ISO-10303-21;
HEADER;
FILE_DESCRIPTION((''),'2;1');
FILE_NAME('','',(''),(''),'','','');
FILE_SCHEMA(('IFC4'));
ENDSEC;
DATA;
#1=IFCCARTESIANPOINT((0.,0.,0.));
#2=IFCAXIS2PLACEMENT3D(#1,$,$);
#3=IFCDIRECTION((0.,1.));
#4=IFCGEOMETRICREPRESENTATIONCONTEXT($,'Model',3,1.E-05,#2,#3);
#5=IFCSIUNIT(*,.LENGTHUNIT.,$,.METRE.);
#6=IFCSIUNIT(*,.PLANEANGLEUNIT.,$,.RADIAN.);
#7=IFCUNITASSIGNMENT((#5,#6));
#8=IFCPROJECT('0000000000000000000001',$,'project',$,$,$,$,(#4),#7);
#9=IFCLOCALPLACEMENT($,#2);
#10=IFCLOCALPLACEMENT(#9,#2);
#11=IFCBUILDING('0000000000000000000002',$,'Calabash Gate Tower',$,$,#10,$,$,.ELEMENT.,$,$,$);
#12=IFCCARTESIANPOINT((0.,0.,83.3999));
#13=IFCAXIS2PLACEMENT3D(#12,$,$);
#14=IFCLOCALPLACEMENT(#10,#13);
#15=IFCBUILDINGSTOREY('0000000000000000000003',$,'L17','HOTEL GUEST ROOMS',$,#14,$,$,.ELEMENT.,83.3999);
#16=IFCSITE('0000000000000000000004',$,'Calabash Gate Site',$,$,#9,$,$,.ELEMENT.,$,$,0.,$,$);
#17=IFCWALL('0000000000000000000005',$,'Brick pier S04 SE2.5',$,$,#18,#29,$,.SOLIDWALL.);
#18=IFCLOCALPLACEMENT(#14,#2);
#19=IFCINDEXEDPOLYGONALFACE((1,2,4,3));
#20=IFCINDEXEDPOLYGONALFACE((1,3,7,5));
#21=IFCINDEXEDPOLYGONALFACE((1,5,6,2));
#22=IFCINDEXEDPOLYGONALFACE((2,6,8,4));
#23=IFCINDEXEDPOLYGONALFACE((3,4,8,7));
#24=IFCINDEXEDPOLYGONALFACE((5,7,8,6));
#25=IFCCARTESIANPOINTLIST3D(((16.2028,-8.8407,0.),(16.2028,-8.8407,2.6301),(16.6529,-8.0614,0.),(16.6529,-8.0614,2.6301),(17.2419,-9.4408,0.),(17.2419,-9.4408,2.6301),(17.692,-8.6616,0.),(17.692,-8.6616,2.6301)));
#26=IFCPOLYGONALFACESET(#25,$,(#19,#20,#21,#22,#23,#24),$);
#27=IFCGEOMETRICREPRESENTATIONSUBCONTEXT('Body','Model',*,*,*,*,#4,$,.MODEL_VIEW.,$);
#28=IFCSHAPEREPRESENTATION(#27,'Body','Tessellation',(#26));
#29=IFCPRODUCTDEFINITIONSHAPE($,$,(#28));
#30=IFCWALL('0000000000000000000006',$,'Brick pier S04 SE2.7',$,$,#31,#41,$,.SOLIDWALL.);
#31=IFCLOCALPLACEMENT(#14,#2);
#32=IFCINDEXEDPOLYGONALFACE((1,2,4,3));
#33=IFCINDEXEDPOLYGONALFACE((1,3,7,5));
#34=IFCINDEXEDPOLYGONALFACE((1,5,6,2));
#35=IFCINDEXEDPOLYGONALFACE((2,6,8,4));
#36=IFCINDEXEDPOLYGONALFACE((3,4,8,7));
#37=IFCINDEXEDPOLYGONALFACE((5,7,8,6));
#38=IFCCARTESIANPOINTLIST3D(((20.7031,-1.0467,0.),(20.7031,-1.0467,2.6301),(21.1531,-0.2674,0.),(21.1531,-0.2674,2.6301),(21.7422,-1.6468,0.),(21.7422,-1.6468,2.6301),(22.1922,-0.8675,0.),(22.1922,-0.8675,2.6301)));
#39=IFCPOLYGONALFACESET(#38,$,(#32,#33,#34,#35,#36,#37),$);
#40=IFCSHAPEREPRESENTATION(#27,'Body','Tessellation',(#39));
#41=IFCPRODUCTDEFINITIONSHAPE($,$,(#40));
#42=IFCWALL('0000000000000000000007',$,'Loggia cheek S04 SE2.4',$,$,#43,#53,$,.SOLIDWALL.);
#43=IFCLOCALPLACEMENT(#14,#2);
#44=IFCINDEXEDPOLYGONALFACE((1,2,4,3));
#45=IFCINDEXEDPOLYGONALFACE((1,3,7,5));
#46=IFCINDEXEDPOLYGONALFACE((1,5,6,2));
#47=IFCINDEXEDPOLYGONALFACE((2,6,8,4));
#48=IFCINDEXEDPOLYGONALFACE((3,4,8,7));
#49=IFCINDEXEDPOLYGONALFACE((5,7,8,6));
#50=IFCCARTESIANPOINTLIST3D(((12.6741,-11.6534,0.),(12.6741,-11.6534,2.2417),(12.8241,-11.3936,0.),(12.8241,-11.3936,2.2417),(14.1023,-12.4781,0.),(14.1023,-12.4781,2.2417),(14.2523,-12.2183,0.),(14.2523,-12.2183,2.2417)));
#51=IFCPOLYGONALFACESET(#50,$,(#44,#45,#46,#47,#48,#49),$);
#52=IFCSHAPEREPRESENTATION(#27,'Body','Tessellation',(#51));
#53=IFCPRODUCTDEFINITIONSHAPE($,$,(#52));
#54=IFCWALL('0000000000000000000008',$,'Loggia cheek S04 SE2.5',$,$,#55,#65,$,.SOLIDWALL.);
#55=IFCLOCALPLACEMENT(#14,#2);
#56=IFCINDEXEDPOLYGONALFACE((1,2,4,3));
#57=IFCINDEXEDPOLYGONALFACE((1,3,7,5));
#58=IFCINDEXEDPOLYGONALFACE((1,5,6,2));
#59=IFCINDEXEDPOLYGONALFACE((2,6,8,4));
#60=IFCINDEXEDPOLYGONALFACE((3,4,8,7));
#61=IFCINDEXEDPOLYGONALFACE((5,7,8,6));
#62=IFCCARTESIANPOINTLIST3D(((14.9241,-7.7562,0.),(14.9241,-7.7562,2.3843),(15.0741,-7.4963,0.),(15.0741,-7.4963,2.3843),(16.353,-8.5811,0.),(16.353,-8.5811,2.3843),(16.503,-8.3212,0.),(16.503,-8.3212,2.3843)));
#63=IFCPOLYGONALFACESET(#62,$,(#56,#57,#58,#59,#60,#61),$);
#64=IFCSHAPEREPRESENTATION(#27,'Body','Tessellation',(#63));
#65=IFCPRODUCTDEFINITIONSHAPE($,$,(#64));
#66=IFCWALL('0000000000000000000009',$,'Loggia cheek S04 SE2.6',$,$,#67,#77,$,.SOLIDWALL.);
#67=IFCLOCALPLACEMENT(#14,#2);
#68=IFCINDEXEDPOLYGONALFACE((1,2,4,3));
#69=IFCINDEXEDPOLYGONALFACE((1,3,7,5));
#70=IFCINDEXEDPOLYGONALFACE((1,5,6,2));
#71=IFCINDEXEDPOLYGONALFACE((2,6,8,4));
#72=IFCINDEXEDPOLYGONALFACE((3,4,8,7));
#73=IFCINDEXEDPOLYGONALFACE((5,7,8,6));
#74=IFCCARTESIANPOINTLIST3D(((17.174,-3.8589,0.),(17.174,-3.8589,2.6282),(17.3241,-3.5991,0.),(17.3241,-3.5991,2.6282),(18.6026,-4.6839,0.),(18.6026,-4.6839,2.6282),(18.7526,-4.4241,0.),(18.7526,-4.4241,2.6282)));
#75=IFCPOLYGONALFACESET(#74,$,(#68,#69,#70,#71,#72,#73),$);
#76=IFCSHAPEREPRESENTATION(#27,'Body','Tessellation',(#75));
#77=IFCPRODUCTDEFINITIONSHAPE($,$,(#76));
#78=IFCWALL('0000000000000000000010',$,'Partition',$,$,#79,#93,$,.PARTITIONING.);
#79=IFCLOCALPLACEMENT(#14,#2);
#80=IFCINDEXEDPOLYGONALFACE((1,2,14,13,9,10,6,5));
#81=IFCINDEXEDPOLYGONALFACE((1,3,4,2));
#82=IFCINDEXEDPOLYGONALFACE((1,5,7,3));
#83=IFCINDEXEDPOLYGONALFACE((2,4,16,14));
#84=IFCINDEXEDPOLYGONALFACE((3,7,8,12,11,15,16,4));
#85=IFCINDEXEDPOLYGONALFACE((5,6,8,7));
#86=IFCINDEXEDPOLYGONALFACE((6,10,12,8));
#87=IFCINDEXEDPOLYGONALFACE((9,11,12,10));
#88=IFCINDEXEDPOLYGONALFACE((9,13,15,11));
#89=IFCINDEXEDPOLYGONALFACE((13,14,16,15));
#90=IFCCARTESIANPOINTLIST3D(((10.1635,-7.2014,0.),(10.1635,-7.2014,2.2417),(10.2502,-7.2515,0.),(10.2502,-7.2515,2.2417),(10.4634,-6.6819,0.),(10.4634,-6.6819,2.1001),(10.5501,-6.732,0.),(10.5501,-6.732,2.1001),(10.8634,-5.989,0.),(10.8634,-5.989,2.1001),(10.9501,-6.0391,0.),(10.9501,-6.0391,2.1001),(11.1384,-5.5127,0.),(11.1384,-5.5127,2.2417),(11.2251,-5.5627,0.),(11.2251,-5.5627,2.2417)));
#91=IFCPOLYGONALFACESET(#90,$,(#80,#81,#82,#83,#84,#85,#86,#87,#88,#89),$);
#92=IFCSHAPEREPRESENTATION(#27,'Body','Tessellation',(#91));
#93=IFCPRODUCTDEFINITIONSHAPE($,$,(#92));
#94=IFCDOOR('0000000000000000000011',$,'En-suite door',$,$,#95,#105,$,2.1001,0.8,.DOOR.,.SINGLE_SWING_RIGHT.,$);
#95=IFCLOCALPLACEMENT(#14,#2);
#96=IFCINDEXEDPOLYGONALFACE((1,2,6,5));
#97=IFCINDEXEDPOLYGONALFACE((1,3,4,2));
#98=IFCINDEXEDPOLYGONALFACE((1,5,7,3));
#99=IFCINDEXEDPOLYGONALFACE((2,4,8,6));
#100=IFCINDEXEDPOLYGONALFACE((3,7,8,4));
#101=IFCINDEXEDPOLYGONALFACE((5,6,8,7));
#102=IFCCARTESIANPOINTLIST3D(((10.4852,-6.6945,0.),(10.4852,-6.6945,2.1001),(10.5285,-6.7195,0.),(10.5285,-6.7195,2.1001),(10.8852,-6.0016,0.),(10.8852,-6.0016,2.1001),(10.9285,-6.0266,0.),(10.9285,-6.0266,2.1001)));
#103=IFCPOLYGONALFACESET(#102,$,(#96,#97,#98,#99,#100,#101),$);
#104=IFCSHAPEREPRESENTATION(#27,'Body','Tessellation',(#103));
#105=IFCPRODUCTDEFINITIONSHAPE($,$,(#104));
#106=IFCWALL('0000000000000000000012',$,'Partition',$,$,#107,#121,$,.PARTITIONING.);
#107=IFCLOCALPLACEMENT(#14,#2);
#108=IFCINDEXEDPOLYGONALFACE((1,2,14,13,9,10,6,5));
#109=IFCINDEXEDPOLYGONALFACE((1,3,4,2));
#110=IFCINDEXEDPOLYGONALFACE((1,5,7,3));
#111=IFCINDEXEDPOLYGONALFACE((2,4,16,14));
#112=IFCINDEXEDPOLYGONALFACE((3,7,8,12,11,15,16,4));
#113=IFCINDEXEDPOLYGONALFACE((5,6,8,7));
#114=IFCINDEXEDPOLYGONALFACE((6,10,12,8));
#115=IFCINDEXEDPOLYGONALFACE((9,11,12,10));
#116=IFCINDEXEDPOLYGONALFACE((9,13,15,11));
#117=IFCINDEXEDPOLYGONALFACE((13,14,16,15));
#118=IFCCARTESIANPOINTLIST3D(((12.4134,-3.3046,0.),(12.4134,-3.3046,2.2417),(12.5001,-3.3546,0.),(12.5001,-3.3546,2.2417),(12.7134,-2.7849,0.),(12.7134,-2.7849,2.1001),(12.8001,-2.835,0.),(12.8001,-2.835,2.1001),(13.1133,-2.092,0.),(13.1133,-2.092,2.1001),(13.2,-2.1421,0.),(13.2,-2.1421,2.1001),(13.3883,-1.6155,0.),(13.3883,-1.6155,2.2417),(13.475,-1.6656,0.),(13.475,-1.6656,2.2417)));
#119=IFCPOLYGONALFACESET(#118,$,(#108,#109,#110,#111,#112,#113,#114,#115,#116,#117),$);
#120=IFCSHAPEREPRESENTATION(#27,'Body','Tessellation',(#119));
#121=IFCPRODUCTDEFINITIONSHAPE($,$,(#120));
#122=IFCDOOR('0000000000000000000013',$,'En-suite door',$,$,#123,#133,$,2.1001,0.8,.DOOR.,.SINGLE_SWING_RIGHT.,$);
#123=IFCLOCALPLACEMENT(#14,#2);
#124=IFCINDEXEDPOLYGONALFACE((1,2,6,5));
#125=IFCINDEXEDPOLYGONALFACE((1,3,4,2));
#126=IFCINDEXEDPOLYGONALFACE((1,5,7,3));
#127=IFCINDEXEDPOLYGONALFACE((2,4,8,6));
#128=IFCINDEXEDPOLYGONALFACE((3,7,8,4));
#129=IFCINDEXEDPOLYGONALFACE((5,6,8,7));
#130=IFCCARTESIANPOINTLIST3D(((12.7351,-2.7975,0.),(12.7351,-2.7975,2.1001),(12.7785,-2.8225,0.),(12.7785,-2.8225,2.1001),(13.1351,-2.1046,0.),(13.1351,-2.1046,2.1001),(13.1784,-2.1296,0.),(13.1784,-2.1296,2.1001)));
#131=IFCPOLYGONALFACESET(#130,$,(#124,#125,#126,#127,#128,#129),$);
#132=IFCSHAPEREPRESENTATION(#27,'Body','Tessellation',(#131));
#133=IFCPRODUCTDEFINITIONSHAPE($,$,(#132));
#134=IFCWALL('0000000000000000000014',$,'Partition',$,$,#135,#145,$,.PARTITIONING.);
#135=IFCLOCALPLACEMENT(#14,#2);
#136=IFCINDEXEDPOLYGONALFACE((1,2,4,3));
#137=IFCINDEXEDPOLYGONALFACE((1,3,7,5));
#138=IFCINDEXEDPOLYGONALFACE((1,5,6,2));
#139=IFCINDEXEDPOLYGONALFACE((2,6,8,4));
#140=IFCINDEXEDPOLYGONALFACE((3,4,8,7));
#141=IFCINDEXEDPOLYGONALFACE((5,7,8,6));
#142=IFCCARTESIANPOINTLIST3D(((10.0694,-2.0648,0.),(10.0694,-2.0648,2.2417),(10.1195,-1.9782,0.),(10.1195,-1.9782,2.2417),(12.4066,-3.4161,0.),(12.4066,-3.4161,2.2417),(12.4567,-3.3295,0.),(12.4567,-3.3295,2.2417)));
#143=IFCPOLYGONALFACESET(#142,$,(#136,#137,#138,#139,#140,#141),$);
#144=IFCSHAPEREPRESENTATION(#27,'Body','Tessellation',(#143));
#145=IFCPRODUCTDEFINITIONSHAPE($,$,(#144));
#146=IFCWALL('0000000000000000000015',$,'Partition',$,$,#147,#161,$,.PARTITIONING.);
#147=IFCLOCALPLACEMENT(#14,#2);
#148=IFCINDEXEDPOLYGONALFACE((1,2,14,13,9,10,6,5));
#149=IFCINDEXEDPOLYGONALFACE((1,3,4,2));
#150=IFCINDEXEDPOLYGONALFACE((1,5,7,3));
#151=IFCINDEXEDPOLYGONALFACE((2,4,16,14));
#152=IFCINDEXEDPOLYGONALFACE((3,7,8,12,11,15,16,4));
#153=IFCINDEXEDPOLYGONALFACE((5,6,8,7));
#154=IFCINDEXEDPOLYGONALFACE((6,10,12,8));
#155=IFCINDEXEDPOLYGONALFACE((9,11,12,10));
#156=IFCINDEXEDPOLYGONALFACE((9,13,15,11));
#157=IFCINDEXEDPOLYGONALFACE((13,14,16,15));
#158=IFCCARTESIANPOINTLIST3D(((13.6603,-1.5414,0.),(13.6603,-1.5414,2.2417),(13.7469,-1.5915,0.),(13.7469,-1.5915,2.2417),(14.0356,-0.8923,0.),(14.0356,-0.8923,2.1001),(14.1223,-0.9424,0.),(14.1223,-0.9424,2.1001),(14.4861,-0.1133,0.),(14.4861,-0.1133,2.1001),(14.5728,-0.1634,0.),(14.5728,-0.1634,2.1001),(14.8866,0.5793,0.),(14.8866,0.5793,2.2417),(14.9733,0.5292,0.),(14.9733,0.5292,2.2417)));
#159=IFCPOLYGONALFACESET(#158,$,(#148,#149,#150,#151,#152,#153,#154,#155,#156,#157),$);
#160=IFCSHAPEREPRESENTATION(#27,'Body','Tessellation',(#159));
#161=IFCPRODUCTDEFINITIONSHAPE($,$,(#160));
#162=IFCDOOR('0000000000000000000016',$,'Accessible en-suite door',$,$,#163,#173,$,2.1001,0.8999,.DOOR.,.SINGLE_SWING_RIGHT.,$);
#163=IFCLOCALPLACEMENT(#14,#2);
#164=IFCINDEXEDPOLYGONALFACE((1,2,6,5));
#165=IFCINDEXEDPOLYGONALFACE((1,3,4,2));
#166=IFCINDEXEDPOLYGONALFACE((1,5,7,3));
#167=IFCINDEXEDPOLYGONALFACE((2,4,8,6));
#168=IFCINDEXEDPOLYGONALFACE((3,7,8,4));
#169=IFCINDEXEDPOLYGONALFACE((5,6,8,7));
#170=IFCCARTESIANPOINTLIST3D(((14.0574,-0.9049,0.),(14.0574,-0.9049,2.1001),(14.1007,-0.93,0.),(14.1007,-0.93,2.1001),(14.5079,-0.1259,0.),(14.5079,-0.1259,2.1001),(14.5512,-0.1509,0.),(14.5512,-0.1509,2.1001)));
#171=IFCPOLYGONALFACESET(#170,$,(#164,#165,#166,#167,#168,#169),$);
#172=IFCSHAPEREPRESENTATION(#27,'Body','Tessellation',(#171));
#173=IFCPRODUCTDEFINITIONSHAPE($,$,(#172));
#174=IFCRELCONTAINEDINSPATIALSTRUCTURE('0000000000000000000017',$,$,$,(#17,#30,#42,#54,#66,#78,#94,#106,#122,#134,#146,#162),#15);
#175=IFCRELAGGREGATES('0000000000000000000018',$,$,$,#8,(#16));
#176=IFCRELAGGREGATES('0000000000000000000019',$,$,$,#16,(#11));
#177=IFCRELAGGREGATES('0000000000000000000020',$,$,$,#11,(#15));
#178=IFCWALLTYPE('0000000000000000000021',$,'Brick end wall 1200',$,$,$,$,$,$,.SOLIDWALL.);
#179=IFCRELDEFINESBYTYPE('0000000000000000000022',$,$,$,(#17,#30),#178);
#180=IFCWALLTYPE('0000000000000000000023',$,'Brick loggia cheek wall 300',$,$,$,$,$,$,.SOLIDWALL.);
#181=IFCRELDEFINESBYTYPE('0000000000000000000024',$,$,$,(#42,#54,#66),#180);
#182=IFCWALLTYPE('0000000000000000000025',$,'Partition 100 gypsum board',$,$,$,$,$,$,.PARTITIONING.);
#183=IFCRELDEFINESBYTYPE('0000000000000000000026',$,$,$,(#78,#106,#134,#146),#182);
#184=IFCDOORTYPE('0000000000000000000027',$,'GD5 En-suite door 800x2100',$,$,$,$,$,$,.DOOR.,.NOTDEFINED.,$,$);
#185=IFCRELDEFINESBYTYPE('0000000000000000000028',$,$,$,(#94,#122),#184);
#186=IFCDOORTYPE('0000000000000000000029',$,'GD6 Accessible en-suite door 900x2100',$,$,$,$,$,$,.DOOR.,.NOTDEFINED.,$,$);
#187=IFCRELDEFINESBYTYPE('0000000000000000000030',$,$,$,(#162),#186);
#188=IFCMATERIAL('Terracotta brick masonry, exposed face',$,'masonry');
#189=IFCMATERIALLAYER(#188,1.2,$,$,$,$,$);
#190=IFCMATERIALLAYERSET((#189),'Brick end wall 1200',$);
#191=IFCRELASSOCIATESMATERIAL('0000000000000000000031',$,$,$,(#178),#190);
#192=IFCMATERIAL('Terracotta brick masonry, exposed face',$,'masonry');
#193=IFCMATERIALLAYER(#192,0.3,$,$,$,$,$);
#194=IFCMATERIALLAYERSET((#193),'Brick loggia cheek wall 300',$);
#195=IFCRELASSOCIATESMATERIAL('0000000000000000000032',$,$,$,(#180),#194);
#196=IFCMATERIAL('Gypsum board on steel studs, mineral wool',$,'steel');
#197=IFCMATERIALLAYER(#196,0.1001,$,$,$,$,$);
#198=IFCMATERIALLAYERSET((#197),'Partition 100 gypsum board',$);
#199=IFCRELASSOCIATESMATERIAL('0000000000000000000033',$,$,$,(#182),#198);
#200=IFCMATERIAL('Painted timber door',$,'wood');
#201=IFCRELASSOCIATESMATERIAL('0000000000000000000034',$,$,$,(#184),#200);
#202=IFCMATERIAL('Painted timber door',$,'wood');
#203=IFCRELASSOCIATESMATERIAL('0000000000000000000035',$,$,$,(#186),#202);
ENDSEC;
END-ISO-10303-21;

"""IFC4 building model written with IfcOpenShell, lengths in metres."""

from ifc_helpers import new_model, si_unit, direction, frame, frame_2d, origin, place, context, subcontext, project, spatial, rectangle, extrude, material, layer, layer_set, type_object, element, fill, save


model = new_model("IFC4")

# Units and contexts
model_context = context("Model", 3, precision=1e-05, world=origin(), true_north=direction((0.0, 1.0)))
body_context = subcontext(model_context, "Body", "Model", "MODEL_VIEW")
ifc_project = project(units=[si_unit("LENGTHUNIT", "METRE"), si_unit("PLANEANGLEUNIT", "RADIAN")], contexts=[model_context])

# Site, building, storey
site_placement = place(None, origin())
site = spatial("IfcSite", under=ifc_project, at=site_placement, Name="Calabash Gate Site", CompositionType="ELEMENT", RefElevation=0.0)
building_placement = place(site_placement, origin())
building = spatial("IfcBuilding", under=site, at=building_placement, Name="Calabash Gate Tower", CompositionType="ELEMENT")
storey_placement = place(building_placement, frame((0.0, 0.0, 83.3999)))
storey = spatial("IfcBuildingStorey", under=building, at=storey_placement, Name="L17", Description="HOTEL GUEST ROOMS", CompositionType="ELEMENT", Elevation=83.3999)

# Walls
ifc_material_1 = material(Name="Terracotta brick masonry, exposed face", Category="masonry")
ifc_layer_1 = layer(ifc_material_1, 1.2)
ifc_layer_set_1 = layer_set([ifc_layer_1], Name="Brick end wall 1200")
wall_type_1 = type_object("IfcWallType", Name="Brick end wall 1200", PredefinedType="SOLIDWALL", material=ifc_layer_set_1)
for number, where, z_axis, x_axis, name in (
    (1, (17.467, -9.0513, 0.0), (0.0, 0.0, 1.0), (-0.865955, 0.500122, 0.0), "Brick pier S04 SE2.5"),
    (2, (20.928, -0.657, 0.0), (0.0, 0.0, 1.0), (0.865955, -0.500122, 0.0), "Brick pier S04 SE2.7"),
):
    element("IfcWall", number, at=place(storey_placement, frame(where, z_axis=z_axis, x_axis=x_axis)), inside=storey, type_object=wall_type_1, Name=name, PredefinedType="SOLIDWALL", context=body_context, shape_type="SweptSolid", body=[
        extrude(rectangle(XDim=1.2, YDim=0.8999, at=frame_2d((0.6001, 0.0))), origin(), (0.0, 0.0, 1.0), 2.6301),
    ])
ifc_material_2 = material(Name="Terracotta brick masonry, exposed face", Category="masonry")
ifc_layer_2 = layer(ifc_material_2, 0.3)
ifc_layer_set_2 = layer_set([ifc_layer_2], Name="Brick loggia cheek wall 300")
wall_type_2 = type_object("IfcWallType", Name="Brick loggia cheek wall 300", PredefinedType="SOLIDWALL", material=ifc_layer_set_2)
wall_1_placement = place(storey_placement, frame((12.749, -11.5234, 0.0), z_axis=(0.0, 0.0, 1.0), x_axis=(0.865993, -0.500056, 0.0)))
element("IfcWall", 3, at=wall_1_placement, inside=storey, type_object=wall_type_2, Name="Loggia cheek S04 SE2.4", PredefinedType="SOLIDWALL", context=body_context, shape_type="SweptSolid", body=[
    extrude(rectangle(XDim=1.6492, YDim=0.3, at=frame_2d((0.8247, 0.0))), origin(), (0.0, 0.0, 1.0), 2.2417),
])
wall_2_placement = place(storey_placement, frame((16.428, -8.4512, 0.0), z_axis=(0.0, 0.0, 1.0), x_axis=(-0.86604, 0.499974, 0.0)))
element("IfcWall", 4, at=wall_2_placement, inside=storey, type_object=wall_type_2, Name="Loggia cheek S04 SE2.5", PredefinedType="SOLIDWALL", context=body_context, shape_type="SweptSolid", body=[
    extrude(rectangle(XDim=1.6499, YDim=0.3, at=frame_2d((0.825, 0.0))), origin(), (0.0, 0.0, 1.0), 2.3843),
])
wall_3_placement = place(storey_placement, frame((18.6775, -4.554, 0.0), z_axis=(0.0, 0.0, 1.0), x_axis=(-0.865966, 0.500103, 0.0)))
element("IfcWall", 5, at=wall_3_placement, inside=storey, type_object=wall_type_2, Name="Loggia cheek S04 SE2.6", PredefinedType="SOLIDWALL", context=body_context, shape_type="SweptSolid", body=[
    extrude(rectangle(XDim=1.6497, YDim=0.3, at=frame_2d((0.8247, 0.0))), origin(), (0.0, 0.0, 1.0), 2.6282),
])

# Walls, openings, doors
ifc_material_3 = material(Name="Gypsum board on steel studs, mineral wool", Category="steel")
ifc_layer_3 = layer(ifc_material_3, 0.1001)
ifc_layer_set_3 = layer_set([ifc_layer_3], Name="Partition 100 gypsum board")
wall_type_3 = type_object("IfcWallType", Name="Partition 100 gypsum board", PredefinedType="PARTITIONING", material=ifc_layer_set_3)
wall_4_placement = place(storey_placement, frame((10.2068, -7.2266, 0.0), z_axis=(0.0, 0.0, 1.0), x_axis=(0.49995, 0.866054, 0.0)))
wall_4 = element("IfcWall", 6, at=wall_4_placement, inside=storey, type_object=wall_type_3, Name="Partition", PredefinedType="PARTITIONING", context=body_context, shape_type="SweptSolid", body=[
    extrude(rectangle(XDim=1.95, YDim=0.1001, at=frame_2d((0.9751, 0.0))), origin(), (0.0, 0.0, 1.0), 2.2417),
])
opening_1_placement = place(wall_4_placement, frame((0.6001, 0.0, 0.0)))
opening_1 = element("IfcOpeningElement", 7, at=opening_1_placement, cuts=wall_4, PredefinedType="OPENING", context=body_context, shape_type="SweptSolid", body=[
    extrude(rectangle(XDim=0.8, YDim=2.1001, at=frame_2d((0.3999, 1.05))), frame((0.0, 0.0601, 0.0), z_axis=(0.0, -1.0, 0.0), x_axis=(1.0, 0.0, 0.0)), (0.0, 0.0, 1.0), 0.1201),
])
ifc_material_4 = material(Name="Painted timber door", Category="wood")
door_type_1 = type_object("IfcDoorType", Name="GD5 En-suite door 800x2100", OperationType="NOTDEFINED", PredefinedType="DOOR", material=ifc_material_4)
door_1_placement = place(opening_1_placement, origin())
door_1 = element("IfcDoor", 8, at=door_1_placement, inside=storey, type_object=door_type_1, Name="En-suite door", OperationType="SINGLE_SWING_RIGHT", OverallHeight=2.1001, OverallWidth=0.8, PredefinedType="DOOR", context=body_context, shape_type="SweptSolid", body=[
    extrude(rectangle(XDim=0.8, YDim=2.1001, at=frame_2d((0.3999, 1.05))), frame((0.0, 0.0249, 0.0), z_axis=(0.0, -1.0, 0.0), x_axis=(1.0, 0.0, 0.0)), (0.0, 0.0, 1.0), 0.05),
])
fill(opening_1, door_1)
wall_5_placement = place(storey_placement, frame((12.4568, -3.3296, 0.0), z_axis=(0.0, 0.0, 1.0), x_axis=(0.499896, 0.866086, 0.0)))
wall_5 = element("IfcWall", 9, at=wall_5_placement, inside=storey, type_object=wall_type_3, Name="Partition", PredefinedType="PARTITIONING", context=body_context, shape_type="SweptSolid", body=[
    extrude(rectangle(XDim=1.9502, YDim=0.1001, at=frame_2d((0.9751, 0.0))), origin(), (0.0, 0.0, 1.0), 2.2417),
])
opening_2_placement = place(wall_5_placement, frame((0.6001, 0.0, 0.0)))
opening_2 = element("IfcOpeningElement", 10, at=opening_2_placement, cuts=wall_5, PredefinedType="OPENING", context=body_context, shape_type="SweptSolid", body=[
    extrude(rectangle(XDim=0.8, YDim=2.1001, at=frame_2d((0.3999, 1.05))), frame((0.0, 0.0601, 0.0), z_axis=(0.0, -1.0, 0.0), x_axis=(1.0, 0.0, 0.0)), (0.0, 0.0, 1.0), 0.1201),
])
door_2_placement = place(opening_2_placement, origin())
door_2 = element("IfcDoor", 11, at=door_2_placement, inside=storey, type_object=door_type_1, Name="En-suite door", OperationType="SINGLE_SWING_RIGHT", OverallHeight=2.1001, OverallWidth=0.8, PredefinedType="DOOR", context=body_context, shape_type="SweptSolid", body=[
    extrude(rectangle(XDim=0.8, YDim=2.1001, at=frame_2d((0.3999, 1.05))), frame((0.0, 0.0249, 0.0), z_axis=(0.0, -1.0, 0.0), x_axis=(1.0, 0.0, 0.0)), (0.0, 0.0, 1.0), 0.05),
])
fill(opening_2, door_2)

# Wall
wall_6_placement = place(storey_placement, frame((10.0945, -2.0215, 0.0), z_axis=(0.0, 0.0, 1.0), x_axis=(0.865711, -0.500544, 0.0)))
element("IfcWall", 12, at=wall_6_placement, inside=storey, type_object=wall_type_3, Name="Partition", PredefinedType="PARTITIONING", context=body_context, shape_type="SweptSolid", body=[
    extrude(rectangle(XDim=2.6997, YDim=0.1001, at=frame_2d((1.3499, 0.0))), origin(), (0.0, 0.0, 1.0), 2.2417),
])

# Wall, opening, door
wall_7_placement = place(storey_placement, frame((13.7036, -1.5664, 0.0), z_axis=(0.0, 0.0, 1.0), x_axis=(0.500608, 0.865674, 0.0)))
wall_7 = element("IfcWall", 13, at=wall_7_placement, inside=storey, type_object=wall_type_3, Name="Partition", PredefinedType="PARTITIONING", context=body_context, shape_type="SweptSolid", body=[
    extrude(rectangle(XDim=2.4497, YDim=0.1001, at=frame_2d((1.2249, 0.0))), origin(), (0.0, 0.0, 1.0), 2.2417),
])
opening_3_placement = place(wall_7_placement, frame((0.7498, 0.0, 0.0)))
opening_3 = element("IfcOpeningElement", 14, at=opening_3_placement, cuts=wall_7, PredefinedType="OPENING", context=body_context, shape_type="SweptSolid", body=[
    extrude(rectangle(XDim=0.8999, YDim=2.1001, at=frame_2d((0.45, 1.05))), frame((0.0, 0.0601, 0.0), z_axis=(0.0, -1.0, 0.0), x_axis=(1.0, 0.0, 0.0)), (0.0, 0.0, 1.0), 0.1201),
])
ifc_material_5 = material(Name="Painted timber door", Category="wood")
door_type_2 = type_object("IfcDoorType", Name="GD6 Accessible en-suite door 900x2100", OperationType="NOTDEFINED", PredefinedType="DOOR", material=ifc_material_5)
door_3_placement = place(opening_3_placement, origin())
door_3 = element("IfcDoor", 15, at=door_3_placement, inside=storey, type_object=door_type_2, Name="Accessible en-suite door", OperationType="SINGLE_SWING_RIGHT", OverallHeight=2.1001, OverallWidth=0.8999, PredefinedType="DOOR", context=body_context, shape_type="SweptSolid", body=[
    extrude(rectangle(XDim=0.8999, YDim=2.1001, at=frame_2d((0.45, 1.05))), frame((0.0, 0.0249, 0.0), z_axis=(0.0, -1.0, 0.0), x_axis=(1.0, 0.0, 0.0)), (0.0, 0.0, 1.0), 0.05),
])
fill(opening_3, door_3)

save(model, "model.ifc")
